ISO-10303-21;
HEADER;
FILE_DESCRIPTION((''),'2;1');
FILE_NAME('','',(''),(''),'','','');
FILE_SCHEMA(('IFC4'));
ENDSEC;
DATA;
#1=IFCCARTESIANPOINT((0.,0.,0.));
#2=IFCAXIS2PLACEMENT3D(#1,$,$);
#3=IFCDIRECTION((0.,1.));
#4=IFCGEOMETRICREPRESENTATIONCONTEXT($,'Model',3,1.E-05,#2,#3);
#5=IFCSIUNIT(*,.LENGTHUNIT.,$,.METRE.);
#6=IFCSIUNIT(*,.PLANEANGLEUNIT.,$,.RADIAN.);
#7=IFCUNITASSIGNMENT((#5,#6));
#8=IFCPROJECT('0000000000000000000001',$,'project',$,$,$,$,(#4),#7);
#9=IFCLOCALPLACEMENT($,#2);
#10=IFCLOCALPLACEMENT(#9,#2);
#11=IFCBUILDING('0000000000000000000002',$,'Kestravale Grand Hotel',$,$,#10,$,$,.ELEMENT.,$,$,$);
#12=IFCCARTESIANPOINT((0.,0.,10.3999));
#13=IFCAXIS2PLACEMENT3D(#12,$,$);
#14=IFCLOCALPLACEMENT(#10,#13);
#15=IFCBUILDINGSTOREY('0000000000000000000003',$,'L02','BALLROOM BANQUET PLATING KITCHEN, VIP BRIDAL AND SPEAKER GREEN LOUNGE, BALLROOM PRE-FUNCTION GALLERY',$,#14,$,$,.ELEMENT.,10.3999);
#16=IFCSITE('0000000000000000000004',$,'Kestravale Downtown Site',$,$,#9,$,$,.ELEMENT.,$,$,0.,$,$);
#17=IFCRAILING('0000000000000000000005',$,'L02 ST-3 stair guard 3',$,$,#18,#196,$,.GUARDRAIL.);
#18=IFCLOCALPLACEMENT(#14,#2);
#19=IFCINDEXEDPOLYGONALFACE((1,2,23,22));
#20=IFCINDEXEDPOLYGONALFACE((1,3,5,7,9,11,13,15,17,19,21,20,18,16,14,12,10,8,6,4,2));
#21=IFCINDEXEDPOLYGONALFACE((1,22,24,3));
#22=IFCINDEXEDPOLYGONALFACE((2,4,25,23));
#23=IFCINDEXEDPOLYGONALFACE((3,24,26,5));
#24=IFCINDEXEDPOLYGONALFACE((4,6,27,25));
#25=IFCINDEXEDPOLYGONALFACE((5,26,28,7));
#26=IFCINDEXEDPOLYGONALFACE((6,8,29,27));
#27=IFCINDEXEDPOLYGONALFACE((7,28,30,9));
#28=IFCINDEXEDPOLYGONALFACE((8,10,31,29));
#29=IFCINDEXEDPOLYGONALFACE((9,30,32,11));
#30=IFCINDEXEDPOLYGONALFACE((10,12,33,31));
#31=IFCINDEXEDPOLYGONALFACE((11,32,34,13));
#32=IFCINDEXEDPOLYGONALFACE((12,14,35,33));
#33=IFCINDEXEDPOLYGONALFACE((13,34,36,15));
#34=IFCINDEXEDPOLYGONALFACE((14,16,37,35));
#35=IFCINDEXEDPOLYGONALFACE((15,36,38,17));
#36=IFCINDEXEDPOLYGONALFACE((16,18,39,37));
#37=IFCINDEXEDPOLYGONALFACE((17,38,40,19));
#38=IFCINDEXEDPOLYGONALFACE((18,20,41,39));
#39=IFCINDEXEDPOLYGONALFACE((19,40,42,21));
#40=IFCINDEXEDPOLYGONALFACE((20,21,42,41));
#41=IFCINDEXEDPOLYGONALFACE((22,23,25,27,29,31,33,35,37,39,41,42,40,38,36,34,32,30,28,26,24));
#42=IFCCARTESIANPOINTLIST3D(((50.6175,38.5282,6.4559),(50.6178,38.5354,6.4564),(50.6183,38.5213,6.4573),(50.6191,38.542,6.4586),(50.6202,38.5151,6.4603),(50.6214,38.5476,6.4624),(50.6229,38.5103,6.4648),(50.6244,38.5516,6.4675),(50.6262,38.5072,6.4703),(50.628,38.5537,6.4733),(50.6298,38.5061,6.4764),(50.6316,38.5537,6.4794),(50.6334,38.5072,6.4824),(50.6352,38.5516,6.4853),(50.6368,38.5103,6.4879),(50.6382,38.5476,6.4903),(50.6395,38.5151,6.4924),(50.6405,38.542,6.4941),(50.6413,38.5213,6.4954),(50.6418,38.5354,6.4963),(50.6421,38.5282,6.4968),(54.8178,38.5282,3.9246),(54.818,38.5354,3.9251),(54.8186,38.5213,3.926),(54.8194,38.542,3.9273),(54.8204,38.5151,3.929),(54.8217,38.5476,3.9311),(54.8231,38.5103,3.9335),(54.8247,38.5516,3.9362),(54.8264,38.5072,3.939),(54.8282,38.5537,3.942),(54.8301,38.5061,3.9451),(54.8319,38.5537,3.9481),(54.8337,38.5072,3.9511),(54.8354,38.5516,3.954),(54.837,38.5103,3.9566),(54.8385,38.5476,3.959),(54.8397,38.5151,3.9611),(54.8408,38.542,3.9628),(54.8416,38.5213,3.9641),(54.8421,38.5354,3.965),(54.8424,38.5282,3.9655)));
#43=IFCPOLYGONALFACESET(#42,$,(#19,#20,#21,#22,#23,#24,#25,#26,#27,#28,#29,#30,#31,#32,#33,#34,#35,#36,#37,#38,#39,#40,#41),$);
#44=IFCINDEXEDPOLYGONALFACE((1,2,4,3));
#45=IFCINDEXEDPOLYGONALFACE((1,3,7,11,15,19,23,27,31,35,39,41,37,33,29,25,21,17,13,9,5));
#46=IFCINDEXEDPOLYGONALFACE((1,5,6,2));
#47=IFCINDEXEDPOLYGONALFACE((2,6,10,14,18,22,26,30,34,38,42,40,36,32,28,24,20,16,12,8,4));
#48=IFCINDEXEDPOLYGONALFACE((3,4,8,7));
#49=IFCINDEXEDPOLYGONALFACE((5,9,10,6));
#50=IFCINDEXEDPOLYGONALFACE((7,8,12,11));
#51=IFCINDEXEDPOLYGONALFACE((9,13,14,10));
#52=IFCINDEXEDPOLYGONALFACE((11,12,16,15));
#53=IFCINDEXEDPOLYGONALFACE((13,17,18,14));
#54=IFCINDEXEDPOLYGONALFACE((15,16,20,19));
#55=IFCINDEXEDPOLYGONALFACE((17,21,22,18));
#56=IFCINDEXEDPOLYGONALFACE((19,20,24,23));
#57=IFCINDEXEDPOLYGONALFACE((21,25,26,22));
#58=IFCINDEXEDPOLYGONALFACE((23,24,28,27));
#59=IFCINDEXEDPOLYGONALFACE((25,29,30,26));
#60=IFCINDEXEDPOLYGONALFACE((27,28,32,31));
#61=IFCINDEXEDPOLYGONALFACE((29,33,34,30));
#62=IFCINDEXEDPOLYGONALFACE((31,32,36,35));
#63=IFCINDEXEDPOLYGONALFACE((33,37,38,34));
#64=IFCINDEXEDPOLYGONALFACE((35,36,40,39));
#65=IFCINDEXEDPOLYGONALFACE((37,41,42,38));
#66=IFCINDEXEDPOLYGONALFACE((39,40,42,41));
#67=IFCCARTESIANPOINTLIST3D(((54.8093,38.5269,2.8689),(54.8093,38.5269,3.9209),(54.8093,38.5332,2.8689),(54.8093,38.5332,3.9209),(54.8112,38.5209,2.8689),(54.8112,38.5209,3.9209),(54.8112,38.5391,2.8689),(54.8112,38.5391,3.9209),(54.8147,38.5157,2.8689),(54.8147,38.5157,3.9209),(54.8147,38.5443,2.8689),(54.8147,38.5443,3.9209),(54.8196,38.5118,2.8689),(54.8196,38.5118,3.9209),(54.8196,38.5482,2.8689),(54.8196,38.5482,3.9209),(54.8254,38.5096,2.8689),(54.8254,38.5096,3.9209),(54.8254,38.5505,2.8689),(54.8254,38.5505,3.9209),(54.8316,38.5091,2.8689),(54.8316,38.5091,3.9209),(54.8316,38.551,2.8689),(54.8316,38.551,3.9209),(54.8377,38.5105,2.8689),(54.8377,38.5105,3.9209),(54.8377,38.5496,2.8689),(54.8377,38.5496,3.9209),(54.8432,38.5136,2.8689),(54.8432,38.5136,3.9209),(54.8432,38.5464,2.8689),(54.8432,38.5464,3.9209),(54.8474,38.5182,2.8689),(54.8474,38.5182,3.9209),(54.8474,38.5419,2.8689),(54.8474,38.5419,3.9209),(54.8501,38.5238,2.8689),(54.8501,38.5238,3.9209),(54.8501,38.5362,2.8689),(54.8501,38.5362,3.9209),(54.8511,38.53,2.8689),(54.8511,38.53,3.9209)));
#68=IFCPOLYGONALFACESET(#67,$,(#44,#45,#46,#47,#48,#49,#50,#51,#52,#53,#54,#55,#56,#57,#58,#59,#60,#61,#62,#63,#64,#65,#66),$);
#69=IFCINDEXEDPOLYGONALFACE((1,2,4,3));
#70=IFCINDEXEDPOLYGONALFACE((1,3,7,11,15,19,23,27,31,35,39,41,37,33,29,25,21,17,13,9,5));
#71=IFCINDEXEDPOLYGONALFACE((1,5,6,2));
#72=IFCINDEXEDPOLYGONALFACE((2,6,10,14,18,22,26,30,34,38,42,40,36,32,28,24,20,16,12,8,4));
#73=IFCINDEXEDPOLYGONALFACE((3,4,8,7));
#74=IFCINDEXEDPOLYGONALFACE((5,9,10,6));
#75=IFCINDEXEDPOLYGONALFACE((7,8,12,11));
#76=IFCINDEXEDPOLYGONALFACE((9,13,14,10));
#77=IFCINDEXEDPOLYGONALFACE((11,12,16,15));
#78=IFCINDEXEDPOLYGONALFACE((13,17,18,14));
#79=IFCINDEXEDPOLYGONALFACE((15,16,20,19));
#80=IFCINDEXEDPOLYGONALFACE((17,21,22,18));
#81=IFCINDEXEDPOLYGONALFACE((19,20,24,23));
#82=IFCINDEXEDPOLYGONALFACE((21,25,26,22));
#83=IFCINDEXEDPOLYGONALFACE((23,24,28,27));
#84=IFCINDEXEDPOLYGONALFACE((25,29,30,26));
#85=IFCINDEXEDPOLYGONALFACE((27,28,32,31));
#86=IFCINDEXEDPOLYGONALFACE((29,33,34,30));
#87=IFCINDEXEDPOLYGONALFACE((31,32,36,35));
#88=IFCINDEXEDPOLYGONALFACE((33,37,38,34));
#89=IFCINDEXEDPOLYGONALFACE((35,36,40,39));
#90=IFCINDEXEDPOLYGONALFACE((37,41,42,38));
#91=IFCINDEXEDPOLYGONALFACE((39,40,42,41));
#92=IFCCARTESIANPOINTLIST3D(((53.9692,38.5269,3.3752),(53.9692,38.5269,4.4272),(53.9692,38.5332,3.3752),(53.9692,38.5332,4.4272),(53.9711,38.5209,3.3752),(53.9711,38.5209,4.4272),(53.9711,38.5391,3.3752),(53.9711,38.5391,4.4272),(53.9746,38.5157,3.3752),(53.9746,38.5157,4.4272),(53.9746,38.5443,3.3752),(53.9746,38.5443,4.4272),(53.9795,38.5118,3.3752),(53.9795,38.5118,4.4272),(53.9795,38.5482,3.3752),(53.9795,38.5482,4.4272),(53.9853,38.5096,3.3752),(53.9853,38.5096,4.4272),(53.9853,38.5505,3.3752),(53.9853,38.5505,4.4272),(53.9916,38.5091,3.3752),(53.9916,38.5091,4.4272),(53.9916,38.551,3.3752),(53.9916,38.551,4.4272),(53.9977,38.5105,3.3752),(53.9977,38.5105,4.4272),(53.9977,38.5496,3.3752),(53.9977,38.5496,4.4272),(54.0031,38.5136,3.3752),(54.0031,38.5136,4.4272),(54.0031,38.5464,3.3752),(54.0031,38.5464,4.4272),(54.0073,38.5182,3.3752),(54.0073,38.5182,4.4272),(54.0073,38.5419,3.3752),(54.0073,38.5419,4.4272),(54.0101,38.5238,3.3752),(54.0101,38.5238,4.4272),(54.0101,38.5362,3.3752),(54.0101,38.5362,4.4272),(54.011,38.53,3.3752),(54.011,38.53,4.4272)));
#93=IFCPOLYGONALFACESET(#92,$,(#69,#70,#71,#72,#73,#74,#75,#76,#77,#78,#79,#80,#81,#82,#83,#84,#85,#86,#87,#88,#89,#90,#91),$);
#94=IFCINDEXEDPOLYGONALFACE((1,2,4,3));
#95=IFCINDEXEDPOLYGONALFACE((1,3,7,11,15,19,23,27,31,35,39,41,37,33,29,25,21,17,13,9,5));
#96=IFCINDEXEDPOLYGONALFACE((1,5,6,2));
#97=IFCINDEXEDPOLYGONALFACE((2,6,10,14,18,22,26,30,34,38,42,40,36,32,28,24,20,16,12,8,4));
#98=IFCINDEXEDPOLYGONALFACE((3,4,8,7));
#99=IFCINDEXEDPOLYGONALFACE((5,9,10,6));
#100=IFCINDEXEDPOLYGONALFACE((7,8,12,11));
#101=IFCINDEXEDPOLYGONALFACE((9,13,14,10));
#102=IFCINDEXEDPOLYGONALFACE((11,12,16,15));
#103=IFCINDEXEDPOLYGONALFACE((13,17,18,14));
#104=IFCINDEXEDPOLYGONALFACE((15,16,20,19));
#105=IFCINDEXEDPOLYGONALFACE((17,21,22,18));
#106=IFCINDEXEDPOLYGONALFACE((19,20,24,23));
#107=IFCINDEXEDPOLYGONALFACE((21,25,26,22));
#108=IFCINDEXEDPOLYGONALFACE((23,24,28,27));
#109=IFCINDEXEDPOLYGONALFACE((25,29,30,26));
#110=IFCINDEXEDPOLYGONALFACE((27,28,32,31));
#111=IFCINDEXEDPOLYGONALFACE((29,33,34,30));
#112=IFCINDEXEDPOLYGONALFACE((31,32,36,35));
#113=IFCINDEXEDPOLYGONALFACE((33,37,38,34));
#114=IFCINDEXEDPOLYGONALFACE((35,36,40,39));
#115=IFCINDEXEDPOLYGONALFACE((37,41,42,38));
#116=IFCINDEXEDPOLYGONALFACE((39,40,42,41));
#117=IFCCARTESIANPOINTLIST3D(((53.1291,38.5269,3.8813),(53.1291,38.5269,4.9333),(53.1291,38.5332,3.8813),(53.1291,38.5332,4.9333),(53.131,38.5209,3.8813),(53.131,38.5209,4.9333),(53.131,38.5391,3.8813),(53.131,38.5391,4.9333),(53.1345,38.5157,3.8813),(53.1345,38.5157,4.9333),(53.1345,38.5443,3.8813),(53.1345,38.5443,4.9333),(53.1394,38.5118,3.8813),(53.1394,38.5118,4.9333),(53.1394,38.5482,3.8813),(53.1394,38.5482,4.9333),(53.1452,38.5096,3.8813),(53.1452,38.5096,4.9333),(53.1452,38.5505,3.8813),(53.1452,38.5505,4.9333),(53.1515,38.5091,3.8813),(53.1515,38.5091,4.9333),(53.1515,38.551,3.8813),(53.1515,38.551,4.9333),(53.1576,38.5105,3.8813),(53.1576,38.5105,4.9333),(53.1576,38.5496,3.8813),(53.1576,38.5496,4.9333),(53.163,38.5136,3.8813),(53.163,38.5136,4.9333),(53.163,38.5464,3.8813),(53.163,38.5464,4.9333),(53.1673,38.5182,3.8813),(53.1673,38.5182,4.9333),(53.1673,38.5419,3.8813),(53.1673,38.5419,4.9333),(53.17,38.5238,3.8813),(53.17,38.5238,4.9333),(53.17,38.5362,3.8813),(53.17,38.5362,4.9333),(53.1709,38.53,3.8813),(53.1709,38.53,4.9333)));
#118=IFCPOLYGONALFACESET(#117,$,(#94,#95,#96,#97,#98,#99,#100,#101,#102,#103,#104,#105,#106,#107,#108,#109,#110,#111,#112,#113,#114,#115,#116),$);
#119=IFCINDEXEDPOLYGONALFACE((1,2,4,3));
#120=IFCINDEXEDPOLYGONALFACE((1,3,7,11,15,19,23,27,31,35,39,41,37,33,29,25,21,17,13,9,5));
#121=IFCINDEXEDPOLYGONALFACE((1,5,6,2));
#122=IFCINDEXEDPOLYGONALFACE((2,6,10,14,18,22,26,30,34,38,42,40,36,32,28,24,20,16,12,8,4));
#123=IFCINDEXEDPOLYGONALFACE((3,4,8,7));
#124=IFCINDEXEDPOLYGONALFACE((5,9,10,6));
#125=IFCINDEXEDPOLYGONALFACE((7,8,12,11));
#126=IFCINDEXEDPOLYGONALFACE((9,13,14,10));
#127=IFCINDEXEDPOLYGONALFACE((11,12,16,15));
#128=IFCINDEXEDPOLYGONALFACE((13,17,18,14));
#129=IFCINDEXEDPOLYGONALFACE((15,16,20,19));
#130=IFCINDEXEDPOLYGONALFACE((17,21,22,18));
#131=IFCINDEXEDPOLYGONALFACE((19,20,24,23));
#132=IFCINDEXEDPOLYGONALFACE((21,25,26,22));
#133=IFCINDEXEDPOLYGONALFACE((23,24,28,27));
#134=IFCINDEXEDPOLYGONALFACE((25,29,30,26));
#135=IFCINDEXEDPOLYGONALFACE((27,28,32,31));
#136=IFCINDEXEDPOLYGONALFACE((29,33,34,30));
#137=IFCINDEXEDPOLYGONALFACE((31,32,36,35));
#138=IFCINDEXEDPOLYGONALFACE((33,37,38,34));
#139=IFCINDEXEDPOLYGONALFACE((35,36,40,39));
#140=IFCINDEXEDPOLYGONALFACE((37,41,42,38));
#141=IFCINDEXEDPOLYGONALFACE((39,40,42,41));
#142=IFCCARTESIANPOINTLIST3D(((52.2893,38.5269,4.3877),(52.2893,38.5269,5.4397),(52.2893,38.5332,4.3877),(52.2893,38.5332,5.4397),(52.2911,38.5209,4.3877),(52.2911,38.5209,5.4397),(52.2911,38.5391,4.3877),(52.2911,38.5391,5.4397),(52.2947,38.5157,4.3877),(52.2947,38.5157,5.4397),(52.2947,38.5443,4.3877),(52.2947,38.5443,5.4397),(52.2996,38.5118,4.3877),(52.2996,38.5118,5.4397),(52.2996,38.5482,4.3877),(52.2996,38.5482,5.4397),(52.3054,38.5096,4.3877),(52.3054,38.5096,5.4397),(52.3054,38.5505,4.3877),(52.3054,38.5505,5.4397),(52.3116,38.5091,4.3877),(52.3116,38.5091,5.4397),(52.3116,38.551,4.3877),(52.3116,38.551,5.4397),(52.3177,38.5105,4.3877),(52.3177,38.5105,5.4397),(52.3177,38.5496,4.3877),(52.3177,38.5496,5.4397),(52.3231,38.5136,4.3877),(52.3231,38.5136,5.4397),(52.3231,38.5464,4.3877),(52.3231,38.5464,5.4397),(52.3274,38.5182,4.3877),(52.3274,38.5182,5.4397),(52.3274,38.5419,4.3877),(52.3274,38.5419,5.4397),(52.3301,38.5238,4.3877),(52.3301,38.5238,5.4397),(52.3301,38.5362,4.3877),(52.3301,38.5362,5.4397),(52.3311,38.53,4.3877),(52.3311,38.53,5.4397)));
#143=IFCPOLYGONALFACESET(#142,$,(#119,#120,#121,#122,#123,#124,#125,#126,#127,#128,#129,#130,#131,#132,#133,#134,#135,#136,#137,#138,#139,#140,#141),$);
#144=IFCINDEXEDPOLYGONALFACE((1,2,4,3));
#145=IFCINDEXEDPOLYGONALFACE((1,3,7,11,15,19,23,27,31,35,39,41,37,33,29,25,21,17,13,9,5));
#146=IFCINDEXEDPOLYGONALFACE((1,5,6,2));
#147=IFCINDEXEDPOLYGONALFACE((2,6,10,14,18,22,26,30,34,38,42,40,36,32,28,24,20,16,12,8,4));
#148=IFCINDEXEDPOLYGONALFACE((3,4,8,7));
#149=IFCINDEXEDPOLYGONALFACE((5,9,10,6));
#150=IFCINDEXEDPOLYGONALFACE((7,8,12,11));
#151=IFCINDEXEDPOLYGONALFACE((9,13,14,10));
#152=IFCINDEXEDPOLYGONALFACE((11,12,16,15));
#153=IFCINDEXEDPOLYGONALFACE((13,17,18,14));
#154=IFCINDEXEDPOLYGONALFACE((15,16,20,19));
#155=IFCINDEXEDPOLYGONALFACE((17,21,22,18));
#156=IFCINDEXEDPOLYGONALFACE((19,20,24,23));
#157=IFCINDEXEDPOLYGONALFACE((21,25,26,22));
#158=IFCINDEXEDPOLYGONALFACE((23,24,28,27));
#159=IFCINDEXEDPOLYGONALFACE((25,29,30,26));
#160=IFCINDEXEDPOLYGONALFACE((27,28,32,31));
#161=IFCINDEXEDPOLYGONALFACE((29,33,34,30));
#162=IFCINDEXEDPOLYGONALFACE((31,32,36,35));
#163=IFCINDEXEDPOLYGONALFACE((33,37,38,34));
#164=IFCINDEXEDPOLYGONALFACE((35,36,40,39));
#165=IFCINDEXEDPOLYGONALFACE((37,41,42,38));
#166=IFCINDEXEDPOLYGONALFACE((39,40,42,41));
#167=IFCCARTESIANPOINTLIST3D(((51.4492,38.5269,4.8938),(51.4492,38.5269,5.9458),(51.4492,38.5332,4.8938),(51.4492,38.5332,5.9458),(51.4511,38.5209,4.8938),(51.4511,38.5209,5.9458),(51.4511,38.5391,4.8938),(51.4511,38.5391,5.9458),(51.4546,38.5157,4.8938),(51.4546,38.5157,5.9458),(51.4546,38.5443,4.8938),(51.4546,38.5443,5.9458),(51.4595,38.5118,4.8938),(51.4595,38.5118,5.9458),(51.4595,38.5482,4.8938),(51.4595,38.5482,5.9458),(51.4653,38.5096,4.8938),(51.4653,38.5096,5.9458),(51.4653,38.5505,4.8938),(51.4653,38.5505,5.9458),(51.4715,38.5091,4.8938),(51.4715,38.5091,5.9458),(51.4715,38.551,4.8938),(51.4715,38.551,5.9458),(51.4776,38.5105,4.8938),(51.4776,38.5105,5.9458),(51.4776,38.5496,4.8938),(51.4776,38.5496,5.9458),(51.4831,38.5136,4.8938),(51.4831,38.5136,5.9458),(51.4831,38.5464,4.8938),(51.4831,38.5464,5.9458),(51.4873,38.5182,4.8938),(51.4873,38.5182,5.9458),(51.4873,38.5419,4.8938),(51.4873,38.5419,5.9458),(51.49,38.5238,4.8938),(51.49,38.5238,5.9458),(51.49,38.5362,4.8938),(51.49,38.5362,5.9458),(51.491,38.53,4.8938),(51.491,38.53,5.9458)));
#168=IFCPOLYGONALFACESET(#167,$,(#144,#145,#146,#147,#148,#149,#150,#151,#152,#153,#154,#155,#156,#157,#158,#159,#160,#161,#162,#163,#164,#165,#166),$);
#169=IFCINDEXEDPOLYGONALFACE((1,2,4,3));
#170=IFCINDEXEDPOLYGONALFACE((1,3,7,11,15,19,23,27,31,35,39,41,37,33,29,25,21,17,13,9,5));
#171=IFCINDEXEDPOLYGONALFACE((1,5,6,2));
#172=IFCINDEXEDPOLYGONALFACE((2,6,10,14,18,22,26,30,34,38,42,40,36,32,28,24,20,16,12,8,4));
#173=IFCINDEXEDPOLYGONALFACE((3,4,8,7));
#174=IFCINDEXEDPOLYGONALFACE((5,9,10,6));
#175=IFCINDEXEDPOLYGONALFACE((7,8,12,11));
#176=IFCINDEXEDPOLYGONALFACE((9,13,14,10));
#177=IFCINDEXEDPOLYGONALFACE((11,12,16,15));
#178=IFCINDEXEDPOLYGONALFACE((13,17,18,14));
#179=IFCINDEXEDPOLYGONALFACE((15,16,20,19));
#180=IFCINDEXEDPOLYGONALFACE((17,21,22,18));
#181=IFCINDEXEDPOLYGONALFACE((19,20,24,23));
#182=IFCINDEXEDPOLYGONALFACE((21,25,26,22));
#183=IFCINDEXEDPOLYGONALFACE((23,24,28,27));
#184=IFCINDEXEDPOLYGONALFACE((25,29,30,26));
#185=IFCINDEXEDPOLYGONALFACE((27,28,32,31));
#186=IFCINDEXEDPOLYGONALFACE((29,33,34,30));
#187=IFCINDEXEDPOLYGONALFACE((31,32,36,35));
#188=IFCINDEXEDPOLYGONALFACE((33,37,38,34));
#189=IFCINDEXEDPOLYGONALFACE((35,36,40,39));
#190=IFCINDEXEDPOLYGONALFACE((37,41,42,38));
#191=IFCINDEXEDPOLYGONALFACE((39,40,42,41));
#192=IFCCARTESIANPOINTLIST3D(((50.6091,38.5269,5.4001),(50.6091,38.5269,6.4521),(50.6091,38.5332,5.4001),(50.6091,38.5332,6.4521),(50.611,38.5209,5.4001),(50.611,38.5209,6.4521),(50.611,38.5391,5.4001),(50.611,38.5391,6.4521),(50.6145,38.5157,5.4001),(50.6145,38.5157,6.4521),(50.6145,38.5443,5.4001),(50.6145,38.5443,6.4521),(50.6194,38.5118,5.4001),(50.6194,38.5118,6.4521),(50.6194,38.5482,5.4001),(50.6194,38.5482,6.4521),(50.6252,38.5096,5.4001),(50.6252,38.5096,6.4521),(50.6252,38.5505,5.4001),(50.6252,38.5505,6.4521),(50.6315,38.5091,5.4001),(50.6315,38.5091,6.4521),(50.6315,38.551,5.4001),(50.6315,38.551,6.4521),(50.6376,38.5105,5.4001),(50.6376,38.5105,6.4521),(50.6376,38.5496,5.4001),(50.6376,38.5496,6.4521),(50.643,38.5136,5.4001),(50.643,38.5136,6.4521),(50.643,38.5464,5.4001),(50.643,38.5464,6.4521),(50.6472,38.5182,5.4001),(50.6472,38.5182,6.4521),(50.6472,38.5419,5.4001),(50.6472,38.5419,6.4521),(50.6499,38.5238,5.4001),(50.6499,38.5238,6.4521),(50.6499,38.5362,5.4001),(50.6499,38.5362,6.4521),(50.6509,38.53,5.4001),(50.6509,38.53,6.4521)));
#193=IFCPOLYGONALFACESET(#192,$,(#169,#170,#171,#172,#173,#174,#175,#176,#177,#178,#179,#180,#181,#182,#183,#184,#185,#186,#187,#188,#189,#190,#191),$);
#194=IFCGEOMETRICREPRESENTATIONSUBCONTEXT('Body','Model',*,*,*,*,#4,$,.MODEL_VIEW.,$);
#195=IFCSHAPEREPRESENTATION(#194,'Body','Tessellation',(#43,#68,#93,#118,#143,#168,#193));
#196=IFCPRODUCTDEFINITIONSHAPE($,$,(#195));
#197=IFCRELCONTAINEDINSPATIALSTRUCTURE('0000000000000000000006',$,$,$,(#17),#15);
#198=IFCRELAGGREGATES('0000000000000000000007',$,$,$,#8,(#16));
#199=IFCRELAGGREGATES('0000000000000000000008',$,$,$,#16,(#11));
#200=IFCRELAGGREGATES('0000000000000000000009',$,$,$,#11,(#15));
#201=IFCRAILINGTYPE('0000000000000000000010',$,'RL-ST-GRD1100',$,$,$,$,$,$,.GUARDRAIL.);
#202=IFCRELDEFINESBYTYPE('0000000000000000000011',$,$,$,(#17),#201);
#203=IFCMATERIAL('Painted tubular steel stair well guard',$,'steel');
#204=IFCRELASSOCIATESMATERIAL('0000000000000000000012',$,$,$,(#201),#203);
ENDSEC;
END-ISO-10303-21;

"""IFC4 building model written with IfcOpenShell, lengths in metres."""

from ifc_helpers import new_model, si_unit, direction, frame, origin, origin_2d, place, context, subcontext, project, spatial, circle, extrude, material, type_object, element, save


model = new_model("IFC4")

# Units and contexts
model_context = context("Model", 3, precision=1e-05, world=origin(), true_north=direction((0.0, 1.0)))
body_context = subcontext(model_context, "Body", "Model", "MODEL_VIEW")
ifc_project = project(units=[si_unit("LENGTHUNIT", "METRE"), si_unit("PLANEANGLEUNIT", "RADIAN")], contexts=[model_context])

# Site, building, storey
site_placement = place(None, origin())
site = spatial("IfcSite", under=ifc_project, at=site_placement, Name="Kestravale Downtown Site", CompositionType="ELEMENT", RefElevation=0.0)
building_placement = place(site_placement, origin())
building = spatial("IfcBuilding", under=site, at=building_placement, Name="Kestravale Grand Hotel", CompositionType="ELEMENT")
storey_placement = place(building_placement, frame((0.0, 0.0, 10.3999)))
storey = spatial("IfcBuildingStorey", under=building, at=storey_placement, Name="L02", Description="BALLROOM BANQUET PLATING KITCHEN, VIP BRIDAL AND SPEAKER GREEN LOUNGE, BALLROOM PRE-FUNCTION GALLERY", CompositionType="ELEMENT", Elevation=10.3999)

# Railing
ifc_material_1 = material(Name="Painted tubular steel stair well guard", Category="steel")
railing_type_1 = type_object("IfcRailingType", Name="RL-ST-GRD1100", PredefinedType="GUARDRAIL", material=ifc_material_1)
railing_1_placement = place(storey_placement, frame((54.8301, 38.53, 2.8689)))
element("IfcRailing", 1, at=railing_1_placement, inside=storey, type_object=railing_type_1, Name="L02 ST-3 stair guard 3", PredefinedType="GUARDRAIL", context=body_context, shape_type="SweptSolid", body=[
    extrude(circle(Radius=0.0239, at=origin_2d()), frame((0.0, 0.0, 1.0762), z_axis=(-0.85649, 0.0, 0.516164), x_axis=(0.0, -1.0, 0.0)), (0.0, 0.0, 1.0), 4.9041),
    extrude(circle(Radius=0.021, at=origin_2d()), origin(), (0.0, 0.0, 1.0), 1.052),
    extrude(circle(Radius=0.021, at=origin_2d()), frame((-0.8401, 0.0, 0.5063)), (0.0, 0.0, 1.0), 1.052),
    extrude(circle(Radius=0.021, at=origin_2d()), frame((-1.6802, 0.0, 1.0125)), (0.0, 0.0, 1.0), 1.052),
    extrude(circle(Radius=0.021, at=origin_2d()), frame((-2.52, 0.0, 1.5188)), (0.0, 0.0, 1.0), 1.052),
    extrude(circle(Radius=0.021, at=origin_2d()), frame((-3.3601, 0.0, 2.0249)), (0.0, 0.0, 1.0), 1.052),
    extrude(circle(Radius=0.021, at=origin_2d()), frame((-4.2002, 0.0, 2.5312)), (0.0, 0.0, 1.0), 1.052),
])

save(model, "model.ifc")
